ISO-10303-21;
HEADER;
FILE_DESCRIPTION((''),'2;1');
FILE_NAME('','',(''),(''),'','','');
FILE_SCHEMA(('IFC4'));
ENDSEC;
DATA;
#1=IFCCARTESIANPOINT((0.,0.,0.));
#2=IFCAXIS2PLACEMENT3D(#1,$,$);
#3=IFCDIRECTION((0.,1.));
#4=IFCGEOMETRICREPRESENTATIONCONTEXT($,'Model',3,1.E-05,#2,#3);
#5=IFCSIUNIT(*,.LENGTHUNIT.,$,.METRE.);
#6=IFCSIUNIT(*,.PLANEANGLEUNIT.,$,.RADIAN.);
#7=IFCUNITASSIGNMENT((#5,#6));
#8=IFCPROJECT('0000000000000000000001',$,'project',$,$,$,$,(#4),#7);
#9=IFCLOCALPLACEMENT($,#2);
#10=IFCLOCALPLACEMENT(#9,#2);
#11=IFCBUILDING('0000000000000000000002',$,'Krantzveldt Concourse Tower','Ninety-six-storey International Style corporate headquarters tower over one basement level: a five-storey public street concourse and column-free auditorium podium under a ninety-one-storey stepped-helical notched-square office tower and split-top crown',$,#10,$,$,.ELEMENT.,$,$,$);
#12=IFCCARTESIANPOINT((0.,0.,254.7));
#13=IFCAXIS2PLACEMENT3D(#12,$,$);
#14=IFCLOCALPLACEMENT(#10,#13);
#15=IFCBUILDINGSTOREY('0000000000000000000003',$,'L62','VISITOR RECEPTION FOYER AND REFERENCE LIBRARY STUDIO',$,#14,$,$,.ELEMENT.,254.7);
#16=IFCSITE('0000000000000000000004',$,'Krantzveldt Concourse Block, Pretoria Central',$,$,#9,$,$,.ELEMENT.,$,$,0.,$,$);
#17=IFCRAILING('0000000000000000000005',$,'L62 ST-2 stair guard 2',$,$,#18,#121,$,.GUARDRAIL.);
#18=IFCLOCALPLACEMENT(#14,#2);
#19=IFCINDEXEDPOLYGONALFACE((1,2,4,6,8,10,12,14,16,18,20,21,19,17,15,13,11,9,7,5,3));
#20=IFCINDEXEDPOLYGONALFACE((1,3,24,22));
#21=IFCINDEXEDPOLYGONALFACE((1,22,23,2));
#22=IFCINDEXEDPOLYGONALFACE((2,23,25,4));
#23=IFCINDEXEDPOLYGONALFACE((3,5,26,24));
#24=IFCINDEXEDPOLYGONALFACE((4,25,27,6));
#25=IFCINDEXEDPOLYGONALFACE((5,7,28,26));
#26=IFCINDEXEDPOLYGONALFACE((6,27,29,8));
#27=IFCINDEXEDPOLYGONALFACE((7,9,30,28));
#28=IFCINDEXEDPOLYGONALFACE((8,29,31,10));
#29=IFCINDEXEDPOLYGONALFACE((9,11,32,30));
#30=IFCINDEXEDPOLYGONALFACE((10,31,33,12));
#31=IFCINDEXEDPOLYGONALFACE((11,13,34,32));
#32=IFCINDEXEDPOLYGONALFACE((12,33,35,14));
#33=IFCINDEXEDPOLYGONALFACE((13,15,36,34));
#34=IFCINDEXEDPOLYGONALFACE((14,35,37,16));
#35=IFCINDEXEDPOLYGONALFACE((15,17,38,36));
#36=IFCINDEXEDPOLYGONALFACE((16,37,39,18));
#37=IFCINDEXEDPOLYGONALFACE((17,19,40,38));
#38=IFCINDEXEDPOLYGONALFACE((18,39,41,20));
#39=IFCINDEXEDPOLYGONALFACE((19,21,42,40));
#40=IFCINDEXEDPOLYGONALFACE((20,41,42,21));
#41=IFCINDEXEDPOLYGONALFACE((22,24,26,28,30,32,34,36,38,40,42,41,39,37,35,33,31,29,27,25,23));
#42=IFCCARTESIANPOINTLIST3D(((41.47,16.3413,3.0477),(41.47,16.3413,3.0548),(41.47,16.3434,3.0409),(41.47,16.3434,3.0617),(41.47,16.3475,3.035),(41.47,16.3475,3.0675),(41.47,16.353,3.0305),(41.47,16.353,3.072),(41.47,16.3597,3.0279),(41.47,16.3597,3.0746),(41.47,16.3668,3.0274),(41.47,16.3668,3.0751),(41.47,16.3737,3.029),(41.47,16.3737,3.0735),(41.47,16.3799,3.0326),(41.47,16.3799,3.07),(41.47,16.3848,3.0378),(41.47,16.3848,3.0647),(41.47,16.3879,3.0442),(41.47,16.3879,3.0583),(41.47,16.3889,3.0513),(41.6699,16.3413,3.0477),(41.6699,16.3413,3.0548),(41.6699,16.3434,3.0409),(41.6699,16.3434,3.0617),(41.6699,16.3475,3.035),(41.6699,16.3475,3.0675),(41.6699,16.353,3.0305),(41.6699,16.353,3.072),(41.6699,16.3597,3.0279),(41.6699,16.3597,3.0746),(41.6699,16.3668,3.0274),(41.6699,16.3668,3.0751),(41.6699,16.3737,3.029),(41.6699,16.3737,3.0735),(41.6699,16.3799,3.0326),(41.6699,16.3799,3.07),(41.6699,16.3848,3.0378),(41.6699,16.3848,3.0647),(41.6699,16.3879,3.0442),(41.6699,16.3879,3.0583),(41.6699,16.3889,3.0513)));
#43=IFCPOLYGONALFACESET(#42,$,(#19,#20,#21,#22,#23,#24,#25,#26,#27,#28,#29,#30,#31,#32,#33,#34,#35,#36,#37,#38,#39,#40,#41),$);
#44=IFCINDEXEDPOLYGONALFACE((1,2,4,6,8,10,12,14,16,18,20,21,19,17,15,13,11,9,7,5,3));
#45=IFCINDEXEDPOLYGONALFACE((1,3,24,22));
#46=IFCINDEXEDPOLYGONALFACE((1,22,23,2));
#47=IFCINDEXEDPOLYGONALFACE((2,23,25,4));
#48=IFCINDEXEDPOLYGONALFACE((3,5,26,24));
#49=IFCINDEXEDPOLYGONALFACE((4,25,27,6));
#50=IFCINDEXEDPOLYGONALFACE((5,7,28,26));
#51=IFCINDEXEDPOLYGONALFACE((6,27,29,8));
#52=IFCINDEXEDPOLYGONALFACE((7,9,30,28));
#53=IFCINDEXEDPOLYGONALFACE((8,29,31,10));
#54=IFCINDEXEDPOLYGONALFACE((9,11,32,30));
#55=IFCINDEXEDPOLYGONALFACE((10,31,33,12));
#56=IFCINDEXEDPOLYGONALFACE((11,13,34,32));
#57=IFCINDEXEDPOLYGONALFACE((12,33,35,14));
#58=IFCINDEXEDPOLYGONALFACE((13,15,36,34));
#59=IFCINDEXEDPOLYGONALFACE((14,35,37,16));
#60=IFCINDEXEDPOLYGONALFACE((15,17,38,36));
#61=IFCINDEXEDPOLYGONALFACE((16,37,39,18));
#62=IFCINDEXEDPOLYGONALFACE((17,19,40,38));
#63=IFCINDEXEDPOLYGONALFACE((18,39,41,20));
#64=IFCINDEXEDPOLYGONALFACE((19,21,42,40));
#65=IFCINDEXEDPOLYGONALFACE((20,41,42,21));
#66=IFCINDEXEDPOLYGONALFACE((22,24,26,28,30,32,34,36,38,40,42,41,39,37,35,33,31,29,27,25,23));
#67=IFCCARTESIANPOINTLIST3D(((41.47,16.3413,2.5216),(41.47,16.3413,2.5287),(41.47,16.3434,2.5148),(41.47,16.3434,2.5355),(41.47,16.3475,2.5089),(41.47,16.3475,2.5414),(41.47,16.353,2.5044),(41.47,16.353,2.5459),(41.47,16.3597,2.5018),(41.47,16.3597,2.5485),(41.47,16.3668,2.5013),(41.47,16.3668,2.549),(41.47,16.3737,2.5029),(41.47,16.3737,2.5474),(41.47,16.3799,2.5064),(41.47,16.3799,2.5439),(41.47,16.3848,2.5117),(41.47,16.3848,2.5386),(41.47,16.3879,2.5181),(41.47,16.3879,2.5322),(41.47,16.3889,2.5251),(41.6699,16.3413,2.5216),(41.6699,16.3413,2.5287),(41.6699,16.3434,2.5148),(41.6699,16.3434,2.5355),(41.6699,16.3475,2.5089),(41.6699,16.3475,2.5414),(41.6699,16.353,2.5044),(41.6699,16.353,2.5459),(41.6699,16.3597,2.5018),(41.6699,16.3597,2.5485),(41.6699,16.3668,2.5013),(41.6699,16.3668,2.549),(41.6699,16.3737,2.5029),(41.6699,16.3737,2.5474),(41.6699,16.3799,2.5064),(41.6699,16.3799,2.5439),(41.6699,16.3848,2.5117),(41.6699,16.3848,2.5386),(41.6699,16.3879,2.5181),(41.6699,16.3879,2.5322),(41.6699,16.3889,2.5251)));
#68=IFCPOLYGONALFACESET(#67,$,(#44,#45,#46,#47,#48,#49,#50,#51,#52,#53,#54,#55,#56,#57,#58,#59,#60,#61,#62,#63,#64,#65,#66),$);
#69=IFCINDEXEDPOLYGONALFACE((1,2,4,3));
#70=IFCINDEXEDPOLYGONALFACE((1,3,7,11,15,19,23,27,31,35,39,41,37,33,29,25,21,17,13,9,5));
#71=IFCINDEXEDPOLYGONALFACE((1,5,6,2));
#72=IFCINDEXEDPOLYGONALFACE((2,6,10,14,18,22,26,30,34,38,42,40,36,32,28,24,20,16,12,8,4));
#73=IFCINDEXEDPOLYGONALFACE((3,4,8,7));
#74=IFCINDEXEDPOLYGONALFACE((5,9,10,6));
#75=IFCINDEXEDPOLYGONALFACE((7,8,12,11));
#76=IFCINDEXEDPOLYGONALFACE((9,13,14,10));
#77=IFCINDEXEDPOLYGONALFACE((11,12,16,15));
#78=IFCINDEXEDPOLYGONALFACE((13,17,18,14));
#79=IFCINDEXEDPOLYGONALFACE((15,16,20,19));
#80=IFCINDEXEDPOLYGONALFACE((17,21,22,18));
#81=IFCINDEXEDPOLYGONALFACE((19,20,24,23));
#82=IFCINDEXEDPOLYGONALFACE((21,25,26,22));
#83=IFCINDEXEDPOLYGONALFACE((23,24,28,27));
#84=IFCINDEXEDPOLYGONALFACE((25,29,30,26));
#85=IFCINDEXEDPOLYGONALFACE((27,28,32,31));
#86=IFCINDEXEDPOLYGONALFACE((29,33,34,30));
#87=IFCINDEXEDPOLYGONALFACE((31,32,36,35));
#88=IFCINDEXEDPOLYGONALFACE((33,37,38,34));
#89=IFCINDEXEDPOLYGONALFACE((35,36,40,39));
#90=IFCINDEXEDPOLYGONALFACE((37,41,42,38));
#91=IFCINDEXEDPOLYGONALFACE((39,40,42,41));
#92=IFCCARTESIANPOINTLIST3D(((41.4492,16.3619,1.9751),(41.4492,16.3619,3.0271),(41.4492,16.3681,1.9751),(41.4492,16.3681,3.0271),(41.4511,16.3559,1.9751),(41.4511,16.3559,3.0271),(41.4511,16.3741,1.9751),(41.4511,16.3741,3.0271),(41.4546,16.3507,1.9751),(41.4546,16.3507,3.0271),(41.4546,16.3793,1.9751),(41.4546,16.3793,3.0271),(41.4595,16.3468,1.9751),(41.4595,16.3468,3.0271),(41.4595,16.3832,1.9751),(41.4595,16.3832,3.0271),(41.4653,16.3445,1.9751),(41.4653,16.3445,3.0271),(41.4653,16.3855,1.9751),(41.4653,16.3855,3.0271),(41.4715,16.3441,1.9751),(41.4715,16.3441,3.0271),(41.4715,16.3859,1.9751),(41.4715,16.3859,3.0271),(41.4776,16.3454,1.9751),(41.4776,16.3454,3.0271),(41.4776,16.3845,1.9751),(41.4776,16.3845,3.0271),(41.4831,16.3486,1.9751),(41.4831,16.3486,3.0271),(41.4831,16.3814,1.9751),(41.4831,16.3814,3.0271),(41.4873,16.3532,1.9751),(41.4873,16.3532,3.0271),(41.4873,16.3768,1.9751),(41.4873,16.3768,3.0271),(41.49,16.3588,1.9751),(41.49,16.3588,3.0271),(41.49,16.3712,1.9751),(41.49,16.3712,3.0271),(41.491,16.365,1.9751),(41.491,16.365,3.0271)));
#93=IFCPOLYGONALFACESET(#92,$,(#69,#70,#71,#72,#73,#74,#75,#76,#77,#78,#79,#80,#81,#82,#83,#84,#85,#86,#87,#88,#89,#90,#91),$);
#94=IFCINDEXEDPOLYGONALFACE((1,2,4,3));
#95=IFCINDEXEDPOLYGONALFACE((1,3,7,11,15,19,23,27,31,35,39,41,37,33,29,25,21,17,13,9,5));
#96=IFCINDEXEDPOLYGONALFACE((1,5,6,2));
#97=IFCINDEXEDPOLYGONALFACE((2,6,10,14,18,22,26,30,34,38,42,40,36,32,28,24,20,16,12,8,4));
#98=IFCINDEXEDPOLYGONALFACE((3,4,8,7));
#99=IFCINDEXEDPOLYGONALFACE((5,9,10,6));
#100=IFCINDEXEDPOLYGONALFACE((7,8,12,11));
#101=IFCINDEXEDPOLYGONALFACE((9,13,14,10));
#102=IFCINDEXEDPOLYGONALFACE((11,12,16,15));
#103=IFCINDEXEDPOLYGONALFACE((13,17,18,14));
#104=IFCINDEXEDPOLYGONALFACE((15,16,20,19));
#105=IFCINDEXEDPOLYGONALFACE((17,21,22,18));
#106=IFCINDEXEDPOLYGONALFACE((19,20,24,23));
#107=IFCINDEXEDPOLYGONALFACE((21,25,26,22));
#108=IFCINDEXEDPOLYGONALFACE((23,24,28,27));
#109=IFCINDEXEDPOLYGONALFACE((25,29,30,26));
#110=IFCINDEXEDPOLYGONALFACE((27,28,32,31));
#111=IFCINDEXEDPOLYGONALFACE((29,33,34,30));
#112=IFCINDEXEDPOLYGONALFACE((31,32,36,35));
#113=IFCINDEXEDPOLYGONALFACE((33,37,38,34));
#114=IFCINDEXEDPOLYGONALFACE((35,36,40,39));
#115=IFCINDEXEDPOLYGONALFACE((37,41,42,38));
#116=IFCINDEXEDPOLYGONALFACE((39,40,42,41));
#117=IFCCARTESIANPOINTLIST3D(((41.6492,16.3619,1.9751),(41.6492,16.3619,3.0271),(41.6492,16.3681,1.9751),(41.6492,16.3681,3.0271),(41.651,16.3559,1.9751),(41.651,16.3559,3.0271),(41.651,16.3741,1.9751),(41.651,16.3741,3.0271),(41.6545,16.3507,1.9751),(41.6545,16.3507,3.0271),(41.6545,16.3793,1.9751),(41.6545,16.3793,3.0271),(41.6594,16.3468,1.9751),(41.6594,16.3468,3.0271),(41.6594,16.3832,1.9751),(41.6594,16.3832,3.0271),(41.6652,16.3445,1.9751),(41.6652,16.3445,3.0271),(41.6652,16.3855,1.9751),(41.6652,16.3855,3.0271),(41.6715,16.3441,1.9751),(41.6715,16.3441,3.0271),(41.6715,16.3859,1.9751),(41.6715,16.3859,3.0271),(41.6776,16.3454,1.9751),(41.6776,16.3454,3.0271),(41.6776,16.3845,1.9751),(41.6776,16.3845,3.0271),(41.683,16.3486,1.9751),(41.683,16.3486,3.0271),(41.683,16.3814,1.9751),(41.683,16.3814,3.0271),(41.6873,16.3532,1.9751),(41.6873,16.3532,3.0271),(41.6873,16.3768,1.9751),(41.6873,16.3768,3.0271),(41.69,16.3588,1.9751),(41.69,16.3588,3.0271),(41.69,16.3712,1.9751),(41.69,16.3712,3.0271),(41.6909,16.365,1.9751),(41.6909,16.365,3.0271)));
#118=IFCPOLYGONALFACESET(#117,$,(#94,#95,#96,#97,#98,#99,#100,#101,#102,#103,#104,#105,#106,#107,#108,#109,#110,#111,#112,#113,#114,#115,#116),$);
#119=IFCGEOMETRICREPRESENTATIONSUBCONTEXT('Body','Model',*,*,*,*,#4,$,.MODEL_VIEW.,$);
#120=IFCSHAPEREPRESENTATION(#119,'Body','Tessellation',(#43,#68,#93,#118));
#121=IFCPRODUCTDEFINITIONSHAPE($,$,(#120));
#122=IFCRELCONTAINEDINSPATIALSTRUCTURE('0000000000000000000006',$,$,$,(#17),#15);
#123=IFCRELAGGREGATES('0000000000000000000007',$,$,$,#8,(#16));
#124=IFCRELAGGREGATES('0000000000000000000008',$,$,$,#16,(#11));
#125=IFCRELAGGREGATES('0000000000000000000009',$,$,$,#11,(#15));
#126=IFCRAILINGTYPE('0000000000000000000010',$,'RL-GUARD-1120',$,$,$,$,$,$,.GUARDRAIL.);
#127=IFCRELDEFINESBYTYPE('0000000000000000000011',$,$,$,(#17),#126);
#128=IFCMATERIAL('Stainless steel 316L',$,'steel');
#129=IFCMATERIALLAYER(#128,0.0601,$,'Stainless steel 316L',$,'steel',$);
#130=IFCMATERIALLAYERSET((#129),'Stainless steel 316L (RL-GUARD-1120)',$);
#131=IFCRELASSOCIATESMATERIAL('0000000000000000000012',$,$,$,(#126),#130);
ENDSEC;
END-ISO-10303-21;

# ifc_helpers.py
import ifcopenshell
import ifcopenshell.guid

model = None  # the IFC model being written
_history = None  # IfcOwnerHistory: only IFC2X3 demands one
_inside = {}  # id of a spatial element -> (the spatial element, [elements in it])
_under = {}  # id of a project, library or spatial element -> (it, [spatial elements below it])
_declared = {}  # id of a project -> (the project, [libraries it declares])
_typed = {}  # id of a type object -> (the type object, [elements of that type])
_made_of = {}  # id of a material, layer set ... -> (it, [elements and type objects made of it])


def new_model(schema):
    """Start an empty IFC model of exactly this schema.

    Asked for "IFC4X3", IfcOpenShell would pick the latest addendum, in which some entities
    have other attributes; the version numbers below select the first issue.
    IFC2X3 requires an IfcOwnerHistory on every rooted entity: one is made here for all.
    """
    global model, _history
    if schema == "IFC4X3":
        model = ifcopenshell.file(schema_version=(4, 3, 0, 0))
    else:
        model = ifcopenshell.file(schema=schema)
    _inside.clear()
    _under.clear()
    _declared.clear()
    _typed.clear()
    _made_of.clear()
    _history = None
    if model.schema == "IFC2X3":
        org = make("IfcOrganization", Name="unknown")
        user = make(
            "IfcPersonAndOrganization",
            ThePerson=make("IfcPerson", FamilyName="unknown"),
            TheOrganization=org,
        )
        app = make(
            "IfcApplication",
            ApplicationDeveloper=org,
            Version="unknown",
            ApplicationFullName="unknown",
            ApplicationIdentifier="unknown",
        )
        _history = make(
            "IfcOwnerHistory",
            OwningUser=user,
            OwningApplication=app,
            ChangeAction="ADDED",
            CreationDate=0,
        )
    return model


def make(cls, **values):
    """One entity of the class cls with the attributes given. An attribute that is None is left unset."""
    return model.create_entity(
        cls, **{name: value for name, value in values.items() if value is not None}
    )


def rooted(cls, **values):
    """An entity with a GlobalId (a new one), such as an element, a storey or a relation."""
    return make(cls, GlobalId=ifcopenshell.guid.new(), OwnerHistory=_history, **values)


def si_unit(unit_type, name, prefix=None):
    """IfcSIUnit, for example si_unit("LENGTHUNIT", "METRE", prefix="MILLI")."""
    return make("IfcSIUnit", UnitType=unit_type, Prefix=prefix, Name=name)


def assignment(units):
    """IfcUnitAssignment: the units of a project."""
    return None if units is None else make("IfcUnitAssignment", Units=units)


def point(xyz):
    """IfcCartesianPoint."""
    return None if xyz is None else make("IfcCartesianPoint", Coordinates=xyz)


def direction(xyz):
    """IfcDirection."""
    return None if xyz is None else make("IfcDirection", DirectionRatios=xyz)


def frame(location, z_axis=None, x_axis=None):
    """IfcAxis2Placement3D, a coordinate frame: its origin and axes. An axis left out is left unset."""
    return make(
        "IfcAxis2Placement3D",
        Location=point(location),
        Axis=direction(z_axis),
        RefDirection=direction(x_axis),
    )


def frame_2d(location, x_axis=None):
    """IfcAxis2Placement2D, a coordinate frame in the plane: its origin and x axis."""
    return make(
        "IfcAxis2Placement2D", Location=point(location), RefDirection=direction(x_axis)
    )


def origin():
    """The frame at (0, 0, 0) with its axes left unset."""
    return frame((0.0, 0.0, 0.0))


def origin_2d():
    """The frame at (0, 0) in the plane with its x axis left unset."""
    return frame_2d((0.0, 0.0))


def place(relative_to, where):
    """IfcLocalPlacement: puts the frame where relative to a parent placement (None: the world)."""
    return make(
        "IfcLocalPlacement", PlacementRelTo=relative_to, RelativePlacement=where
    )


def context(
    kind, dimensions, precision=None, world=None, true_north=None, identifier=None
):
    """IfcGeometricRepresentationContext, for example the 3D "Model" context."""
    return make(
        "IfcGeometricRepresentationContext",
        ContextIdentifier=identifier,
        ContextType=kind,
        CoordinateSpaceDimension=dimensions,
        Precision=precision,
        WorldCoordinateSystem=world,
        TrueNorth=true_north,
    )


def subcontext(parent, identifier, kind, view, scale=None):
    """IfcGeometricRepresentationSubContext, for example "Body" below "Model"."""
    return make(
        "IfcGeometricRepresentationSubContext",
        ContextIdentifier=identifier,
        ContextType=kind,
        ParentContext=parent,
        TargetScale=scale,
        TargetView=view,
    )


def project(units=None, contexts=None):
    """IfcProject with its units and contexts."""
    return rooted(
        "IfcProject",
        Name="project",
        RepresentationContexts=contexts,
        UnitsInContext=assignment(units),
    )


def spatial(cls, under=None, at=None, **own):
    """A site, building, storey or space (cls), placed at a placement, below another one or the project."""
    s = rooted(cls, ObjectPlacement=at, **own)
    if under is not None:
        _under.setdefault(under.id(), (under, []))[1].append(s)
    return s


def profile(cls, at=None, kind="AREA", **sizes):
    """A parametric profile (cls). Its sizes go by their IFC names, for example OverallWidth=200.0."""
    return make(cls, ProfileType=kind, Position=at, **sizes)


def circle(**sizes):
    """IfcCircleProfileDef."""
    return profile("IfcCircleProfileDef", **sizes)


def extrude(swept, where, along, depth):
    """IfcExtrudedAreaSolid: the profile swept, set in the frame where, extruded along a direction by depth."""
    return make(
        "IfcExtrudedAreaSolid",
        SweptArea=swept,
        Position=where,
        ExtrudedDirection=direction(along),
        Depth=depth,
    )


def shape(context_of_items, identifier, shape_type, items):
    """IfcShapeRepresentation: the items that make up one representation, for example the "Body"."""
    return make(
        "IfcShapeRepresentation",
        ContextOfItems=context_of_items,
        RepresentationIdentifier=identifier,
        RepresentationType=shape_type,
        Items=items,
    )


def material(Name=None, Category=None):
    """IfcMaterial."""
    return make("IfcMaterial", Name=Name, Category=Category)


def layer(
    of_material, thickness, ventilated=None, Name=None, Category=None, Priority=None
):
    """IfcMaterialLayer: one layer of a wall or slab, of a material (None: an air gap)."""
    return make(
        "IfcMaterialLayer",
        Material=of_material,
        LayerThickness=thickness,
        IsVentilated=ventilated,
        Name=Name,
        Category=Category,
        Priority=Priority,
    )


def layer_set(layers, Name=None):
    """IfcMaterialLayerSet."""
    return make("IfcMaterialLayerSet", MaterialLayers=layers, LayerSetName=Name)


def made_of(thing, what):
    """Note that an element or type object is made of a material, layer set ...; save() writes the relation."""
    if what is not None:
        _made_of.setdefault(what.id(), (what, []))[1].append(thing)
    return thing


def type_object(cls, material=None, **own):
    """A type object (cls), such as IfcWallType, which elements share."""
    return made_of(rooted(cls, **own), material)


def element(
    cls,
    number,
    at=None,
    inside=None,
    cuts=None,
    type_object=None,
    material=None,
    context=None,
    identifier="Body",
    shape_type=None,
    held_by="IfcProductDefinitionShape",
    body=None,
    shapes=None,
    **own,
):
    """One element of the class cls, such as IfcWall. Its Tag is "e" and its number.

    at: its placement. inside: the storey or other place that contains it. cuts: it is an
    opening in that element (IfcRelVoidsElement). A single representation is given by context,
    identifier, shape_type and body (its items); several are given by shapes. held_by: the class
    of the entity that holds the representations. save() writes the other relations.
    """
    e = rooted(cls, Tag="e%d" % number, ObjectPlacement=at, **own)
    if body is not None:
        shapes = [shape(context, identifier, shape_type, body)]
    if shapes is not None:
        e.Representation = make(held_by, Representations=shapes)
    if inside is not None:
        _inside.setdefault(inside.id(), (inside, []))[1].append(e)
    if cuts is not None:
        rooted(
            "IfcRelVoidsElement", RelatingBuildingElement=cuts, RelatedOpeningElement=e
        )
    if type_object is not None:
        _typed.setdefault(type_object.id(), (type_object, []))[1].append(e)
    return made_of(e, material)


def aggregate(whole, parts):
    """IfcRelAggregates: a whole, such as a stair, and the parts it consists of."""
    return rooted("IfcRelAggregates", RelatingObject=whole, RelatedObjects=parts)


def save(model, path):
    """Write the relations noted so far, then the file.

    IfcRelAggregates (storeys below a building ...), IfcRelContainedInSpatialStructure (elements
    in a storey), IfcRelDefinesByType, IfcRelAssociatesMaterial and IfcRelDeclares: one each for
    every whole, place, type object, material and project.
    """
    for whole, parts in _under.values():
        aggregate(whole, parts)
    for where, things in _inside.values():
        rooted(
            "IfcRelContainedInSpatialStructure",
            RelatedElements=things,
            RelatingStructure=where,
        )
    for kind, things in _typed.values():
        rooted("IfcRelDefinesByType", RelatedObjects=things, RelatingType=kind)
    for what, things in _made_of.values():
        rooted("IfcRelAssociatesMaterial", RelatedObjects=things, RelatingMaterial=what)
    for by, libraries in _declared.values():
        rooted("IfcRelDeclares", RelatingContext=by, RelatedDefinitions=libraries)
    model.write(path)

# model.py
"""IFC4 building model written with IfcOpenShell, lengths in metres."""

from ifc_helpers import new_model, si_unit, direction, frame, origin, origin_2d, place, context, subcontext, project, spatial, circle, extrude, material, layer, layer_set, type_object, element, save


model = new_model("IFC4")

# Units and contexts
model_context = context("Model", 3, precision=1e-05, world=origin(), true_north=direction((0.0, 1.0)))
body_context = subcontext(model_context, "Body", "Model", "MODEL_VIEW")
ifc_project = project(units=[si_unit("LENGTHUNIT", "METRE"), si_unit("PLANEANGLEUNIT", "RADIAN")], contexts=[model_context])

# Site, building, storey
site_placement = place(None, origin())
site = spatial("IfcSite", under=ifc_project, at=site_placement, Name="Krantzveldt Concourse Block, Pretoria Central", CompositionType="ELEMENT", RefElevation=0.0)
building_placement = place(site_placement, origin())
building = spatial("IfcBuilding", under=site, at=building_placement, Name="Krantzveldt Concourse Tower", Description="Ninety-six-storey International Style corporate headquarters tower over one basement level: a five-storey public street concourse and column-free auditorium podium under a ninety-one-storey stepped-helical notched-square office tower and split-top crown", CompositionType="ELEMENT")
storey_placement = place(building_placement, frame((0.0, 0.0, 254.7)))
storey = spatial("IfcBuildingStorey", under=building, at=storey_placement, Name="L62", Description="VISITOR RECEPTION FOYER AND REFERENCE LIBRARY STUDIO", CompositionType="ELEMENT", Elevation=254.7)

# Shared definitions
ifc_material_1 = material(Name="Stainless steel 316L", Category="steel")

# Railing
ifc_layer_1 = layer(ifc_material_1, 0.0601, Name="Stainless steel 316L", Category="steel")
ifc_layer_set_1 = layer_set([ifc_layer_1], Name="Stainless steel 316L (RL-GUARD-1120)")
railing_type_1 = type_object("IfcRailingType", Name="RL-GUARD-1120", PredefinedType="GUARDRAIL", material=ifc_layer_set_1)
railing_1_placement = place(storey_placement, frame((41.47, 16.365, 1.9751)))
element("IfcRailing", 1, at=railing_1_placement, inside=storey, type_object=railing_type_1, Name="L62 ST-2 stair guard 2", PredefinedType="GUARDRAIL", context=body_context, shape_type="SweptSolid", body=[
    extrude(circle(Radius=0.0239, at=origin_2d()), frame((0.0, 0.0, 1.0762), z_axis=(1.0, 0.0, 0.0), x_axis=(0.0, 1.0, 0.0)), (0.0, 0.0, 1.0), 0.2),
    extrude(circle(Radius=0.0239, at=origin_2d()), frame((0.0, 0.0, 0.55), z_axis=(1.0, 0.0, 0.0), x_axis=(0.0, 1.0, 0.0)), (0.0, 0.0, 1.0), 0.2),
    extrude(circle(Radius=0.021, at=origin_2d()), origin(), (0.0, 0.0, 1.0), 1.052),
    extrude(circle(Radius=0.021, at=origin_2d()), frame((0.2, 0.0, 0.0)), (0.0, 0.0, 1.0), 1.052),
])

save(model, "model.ifc")
